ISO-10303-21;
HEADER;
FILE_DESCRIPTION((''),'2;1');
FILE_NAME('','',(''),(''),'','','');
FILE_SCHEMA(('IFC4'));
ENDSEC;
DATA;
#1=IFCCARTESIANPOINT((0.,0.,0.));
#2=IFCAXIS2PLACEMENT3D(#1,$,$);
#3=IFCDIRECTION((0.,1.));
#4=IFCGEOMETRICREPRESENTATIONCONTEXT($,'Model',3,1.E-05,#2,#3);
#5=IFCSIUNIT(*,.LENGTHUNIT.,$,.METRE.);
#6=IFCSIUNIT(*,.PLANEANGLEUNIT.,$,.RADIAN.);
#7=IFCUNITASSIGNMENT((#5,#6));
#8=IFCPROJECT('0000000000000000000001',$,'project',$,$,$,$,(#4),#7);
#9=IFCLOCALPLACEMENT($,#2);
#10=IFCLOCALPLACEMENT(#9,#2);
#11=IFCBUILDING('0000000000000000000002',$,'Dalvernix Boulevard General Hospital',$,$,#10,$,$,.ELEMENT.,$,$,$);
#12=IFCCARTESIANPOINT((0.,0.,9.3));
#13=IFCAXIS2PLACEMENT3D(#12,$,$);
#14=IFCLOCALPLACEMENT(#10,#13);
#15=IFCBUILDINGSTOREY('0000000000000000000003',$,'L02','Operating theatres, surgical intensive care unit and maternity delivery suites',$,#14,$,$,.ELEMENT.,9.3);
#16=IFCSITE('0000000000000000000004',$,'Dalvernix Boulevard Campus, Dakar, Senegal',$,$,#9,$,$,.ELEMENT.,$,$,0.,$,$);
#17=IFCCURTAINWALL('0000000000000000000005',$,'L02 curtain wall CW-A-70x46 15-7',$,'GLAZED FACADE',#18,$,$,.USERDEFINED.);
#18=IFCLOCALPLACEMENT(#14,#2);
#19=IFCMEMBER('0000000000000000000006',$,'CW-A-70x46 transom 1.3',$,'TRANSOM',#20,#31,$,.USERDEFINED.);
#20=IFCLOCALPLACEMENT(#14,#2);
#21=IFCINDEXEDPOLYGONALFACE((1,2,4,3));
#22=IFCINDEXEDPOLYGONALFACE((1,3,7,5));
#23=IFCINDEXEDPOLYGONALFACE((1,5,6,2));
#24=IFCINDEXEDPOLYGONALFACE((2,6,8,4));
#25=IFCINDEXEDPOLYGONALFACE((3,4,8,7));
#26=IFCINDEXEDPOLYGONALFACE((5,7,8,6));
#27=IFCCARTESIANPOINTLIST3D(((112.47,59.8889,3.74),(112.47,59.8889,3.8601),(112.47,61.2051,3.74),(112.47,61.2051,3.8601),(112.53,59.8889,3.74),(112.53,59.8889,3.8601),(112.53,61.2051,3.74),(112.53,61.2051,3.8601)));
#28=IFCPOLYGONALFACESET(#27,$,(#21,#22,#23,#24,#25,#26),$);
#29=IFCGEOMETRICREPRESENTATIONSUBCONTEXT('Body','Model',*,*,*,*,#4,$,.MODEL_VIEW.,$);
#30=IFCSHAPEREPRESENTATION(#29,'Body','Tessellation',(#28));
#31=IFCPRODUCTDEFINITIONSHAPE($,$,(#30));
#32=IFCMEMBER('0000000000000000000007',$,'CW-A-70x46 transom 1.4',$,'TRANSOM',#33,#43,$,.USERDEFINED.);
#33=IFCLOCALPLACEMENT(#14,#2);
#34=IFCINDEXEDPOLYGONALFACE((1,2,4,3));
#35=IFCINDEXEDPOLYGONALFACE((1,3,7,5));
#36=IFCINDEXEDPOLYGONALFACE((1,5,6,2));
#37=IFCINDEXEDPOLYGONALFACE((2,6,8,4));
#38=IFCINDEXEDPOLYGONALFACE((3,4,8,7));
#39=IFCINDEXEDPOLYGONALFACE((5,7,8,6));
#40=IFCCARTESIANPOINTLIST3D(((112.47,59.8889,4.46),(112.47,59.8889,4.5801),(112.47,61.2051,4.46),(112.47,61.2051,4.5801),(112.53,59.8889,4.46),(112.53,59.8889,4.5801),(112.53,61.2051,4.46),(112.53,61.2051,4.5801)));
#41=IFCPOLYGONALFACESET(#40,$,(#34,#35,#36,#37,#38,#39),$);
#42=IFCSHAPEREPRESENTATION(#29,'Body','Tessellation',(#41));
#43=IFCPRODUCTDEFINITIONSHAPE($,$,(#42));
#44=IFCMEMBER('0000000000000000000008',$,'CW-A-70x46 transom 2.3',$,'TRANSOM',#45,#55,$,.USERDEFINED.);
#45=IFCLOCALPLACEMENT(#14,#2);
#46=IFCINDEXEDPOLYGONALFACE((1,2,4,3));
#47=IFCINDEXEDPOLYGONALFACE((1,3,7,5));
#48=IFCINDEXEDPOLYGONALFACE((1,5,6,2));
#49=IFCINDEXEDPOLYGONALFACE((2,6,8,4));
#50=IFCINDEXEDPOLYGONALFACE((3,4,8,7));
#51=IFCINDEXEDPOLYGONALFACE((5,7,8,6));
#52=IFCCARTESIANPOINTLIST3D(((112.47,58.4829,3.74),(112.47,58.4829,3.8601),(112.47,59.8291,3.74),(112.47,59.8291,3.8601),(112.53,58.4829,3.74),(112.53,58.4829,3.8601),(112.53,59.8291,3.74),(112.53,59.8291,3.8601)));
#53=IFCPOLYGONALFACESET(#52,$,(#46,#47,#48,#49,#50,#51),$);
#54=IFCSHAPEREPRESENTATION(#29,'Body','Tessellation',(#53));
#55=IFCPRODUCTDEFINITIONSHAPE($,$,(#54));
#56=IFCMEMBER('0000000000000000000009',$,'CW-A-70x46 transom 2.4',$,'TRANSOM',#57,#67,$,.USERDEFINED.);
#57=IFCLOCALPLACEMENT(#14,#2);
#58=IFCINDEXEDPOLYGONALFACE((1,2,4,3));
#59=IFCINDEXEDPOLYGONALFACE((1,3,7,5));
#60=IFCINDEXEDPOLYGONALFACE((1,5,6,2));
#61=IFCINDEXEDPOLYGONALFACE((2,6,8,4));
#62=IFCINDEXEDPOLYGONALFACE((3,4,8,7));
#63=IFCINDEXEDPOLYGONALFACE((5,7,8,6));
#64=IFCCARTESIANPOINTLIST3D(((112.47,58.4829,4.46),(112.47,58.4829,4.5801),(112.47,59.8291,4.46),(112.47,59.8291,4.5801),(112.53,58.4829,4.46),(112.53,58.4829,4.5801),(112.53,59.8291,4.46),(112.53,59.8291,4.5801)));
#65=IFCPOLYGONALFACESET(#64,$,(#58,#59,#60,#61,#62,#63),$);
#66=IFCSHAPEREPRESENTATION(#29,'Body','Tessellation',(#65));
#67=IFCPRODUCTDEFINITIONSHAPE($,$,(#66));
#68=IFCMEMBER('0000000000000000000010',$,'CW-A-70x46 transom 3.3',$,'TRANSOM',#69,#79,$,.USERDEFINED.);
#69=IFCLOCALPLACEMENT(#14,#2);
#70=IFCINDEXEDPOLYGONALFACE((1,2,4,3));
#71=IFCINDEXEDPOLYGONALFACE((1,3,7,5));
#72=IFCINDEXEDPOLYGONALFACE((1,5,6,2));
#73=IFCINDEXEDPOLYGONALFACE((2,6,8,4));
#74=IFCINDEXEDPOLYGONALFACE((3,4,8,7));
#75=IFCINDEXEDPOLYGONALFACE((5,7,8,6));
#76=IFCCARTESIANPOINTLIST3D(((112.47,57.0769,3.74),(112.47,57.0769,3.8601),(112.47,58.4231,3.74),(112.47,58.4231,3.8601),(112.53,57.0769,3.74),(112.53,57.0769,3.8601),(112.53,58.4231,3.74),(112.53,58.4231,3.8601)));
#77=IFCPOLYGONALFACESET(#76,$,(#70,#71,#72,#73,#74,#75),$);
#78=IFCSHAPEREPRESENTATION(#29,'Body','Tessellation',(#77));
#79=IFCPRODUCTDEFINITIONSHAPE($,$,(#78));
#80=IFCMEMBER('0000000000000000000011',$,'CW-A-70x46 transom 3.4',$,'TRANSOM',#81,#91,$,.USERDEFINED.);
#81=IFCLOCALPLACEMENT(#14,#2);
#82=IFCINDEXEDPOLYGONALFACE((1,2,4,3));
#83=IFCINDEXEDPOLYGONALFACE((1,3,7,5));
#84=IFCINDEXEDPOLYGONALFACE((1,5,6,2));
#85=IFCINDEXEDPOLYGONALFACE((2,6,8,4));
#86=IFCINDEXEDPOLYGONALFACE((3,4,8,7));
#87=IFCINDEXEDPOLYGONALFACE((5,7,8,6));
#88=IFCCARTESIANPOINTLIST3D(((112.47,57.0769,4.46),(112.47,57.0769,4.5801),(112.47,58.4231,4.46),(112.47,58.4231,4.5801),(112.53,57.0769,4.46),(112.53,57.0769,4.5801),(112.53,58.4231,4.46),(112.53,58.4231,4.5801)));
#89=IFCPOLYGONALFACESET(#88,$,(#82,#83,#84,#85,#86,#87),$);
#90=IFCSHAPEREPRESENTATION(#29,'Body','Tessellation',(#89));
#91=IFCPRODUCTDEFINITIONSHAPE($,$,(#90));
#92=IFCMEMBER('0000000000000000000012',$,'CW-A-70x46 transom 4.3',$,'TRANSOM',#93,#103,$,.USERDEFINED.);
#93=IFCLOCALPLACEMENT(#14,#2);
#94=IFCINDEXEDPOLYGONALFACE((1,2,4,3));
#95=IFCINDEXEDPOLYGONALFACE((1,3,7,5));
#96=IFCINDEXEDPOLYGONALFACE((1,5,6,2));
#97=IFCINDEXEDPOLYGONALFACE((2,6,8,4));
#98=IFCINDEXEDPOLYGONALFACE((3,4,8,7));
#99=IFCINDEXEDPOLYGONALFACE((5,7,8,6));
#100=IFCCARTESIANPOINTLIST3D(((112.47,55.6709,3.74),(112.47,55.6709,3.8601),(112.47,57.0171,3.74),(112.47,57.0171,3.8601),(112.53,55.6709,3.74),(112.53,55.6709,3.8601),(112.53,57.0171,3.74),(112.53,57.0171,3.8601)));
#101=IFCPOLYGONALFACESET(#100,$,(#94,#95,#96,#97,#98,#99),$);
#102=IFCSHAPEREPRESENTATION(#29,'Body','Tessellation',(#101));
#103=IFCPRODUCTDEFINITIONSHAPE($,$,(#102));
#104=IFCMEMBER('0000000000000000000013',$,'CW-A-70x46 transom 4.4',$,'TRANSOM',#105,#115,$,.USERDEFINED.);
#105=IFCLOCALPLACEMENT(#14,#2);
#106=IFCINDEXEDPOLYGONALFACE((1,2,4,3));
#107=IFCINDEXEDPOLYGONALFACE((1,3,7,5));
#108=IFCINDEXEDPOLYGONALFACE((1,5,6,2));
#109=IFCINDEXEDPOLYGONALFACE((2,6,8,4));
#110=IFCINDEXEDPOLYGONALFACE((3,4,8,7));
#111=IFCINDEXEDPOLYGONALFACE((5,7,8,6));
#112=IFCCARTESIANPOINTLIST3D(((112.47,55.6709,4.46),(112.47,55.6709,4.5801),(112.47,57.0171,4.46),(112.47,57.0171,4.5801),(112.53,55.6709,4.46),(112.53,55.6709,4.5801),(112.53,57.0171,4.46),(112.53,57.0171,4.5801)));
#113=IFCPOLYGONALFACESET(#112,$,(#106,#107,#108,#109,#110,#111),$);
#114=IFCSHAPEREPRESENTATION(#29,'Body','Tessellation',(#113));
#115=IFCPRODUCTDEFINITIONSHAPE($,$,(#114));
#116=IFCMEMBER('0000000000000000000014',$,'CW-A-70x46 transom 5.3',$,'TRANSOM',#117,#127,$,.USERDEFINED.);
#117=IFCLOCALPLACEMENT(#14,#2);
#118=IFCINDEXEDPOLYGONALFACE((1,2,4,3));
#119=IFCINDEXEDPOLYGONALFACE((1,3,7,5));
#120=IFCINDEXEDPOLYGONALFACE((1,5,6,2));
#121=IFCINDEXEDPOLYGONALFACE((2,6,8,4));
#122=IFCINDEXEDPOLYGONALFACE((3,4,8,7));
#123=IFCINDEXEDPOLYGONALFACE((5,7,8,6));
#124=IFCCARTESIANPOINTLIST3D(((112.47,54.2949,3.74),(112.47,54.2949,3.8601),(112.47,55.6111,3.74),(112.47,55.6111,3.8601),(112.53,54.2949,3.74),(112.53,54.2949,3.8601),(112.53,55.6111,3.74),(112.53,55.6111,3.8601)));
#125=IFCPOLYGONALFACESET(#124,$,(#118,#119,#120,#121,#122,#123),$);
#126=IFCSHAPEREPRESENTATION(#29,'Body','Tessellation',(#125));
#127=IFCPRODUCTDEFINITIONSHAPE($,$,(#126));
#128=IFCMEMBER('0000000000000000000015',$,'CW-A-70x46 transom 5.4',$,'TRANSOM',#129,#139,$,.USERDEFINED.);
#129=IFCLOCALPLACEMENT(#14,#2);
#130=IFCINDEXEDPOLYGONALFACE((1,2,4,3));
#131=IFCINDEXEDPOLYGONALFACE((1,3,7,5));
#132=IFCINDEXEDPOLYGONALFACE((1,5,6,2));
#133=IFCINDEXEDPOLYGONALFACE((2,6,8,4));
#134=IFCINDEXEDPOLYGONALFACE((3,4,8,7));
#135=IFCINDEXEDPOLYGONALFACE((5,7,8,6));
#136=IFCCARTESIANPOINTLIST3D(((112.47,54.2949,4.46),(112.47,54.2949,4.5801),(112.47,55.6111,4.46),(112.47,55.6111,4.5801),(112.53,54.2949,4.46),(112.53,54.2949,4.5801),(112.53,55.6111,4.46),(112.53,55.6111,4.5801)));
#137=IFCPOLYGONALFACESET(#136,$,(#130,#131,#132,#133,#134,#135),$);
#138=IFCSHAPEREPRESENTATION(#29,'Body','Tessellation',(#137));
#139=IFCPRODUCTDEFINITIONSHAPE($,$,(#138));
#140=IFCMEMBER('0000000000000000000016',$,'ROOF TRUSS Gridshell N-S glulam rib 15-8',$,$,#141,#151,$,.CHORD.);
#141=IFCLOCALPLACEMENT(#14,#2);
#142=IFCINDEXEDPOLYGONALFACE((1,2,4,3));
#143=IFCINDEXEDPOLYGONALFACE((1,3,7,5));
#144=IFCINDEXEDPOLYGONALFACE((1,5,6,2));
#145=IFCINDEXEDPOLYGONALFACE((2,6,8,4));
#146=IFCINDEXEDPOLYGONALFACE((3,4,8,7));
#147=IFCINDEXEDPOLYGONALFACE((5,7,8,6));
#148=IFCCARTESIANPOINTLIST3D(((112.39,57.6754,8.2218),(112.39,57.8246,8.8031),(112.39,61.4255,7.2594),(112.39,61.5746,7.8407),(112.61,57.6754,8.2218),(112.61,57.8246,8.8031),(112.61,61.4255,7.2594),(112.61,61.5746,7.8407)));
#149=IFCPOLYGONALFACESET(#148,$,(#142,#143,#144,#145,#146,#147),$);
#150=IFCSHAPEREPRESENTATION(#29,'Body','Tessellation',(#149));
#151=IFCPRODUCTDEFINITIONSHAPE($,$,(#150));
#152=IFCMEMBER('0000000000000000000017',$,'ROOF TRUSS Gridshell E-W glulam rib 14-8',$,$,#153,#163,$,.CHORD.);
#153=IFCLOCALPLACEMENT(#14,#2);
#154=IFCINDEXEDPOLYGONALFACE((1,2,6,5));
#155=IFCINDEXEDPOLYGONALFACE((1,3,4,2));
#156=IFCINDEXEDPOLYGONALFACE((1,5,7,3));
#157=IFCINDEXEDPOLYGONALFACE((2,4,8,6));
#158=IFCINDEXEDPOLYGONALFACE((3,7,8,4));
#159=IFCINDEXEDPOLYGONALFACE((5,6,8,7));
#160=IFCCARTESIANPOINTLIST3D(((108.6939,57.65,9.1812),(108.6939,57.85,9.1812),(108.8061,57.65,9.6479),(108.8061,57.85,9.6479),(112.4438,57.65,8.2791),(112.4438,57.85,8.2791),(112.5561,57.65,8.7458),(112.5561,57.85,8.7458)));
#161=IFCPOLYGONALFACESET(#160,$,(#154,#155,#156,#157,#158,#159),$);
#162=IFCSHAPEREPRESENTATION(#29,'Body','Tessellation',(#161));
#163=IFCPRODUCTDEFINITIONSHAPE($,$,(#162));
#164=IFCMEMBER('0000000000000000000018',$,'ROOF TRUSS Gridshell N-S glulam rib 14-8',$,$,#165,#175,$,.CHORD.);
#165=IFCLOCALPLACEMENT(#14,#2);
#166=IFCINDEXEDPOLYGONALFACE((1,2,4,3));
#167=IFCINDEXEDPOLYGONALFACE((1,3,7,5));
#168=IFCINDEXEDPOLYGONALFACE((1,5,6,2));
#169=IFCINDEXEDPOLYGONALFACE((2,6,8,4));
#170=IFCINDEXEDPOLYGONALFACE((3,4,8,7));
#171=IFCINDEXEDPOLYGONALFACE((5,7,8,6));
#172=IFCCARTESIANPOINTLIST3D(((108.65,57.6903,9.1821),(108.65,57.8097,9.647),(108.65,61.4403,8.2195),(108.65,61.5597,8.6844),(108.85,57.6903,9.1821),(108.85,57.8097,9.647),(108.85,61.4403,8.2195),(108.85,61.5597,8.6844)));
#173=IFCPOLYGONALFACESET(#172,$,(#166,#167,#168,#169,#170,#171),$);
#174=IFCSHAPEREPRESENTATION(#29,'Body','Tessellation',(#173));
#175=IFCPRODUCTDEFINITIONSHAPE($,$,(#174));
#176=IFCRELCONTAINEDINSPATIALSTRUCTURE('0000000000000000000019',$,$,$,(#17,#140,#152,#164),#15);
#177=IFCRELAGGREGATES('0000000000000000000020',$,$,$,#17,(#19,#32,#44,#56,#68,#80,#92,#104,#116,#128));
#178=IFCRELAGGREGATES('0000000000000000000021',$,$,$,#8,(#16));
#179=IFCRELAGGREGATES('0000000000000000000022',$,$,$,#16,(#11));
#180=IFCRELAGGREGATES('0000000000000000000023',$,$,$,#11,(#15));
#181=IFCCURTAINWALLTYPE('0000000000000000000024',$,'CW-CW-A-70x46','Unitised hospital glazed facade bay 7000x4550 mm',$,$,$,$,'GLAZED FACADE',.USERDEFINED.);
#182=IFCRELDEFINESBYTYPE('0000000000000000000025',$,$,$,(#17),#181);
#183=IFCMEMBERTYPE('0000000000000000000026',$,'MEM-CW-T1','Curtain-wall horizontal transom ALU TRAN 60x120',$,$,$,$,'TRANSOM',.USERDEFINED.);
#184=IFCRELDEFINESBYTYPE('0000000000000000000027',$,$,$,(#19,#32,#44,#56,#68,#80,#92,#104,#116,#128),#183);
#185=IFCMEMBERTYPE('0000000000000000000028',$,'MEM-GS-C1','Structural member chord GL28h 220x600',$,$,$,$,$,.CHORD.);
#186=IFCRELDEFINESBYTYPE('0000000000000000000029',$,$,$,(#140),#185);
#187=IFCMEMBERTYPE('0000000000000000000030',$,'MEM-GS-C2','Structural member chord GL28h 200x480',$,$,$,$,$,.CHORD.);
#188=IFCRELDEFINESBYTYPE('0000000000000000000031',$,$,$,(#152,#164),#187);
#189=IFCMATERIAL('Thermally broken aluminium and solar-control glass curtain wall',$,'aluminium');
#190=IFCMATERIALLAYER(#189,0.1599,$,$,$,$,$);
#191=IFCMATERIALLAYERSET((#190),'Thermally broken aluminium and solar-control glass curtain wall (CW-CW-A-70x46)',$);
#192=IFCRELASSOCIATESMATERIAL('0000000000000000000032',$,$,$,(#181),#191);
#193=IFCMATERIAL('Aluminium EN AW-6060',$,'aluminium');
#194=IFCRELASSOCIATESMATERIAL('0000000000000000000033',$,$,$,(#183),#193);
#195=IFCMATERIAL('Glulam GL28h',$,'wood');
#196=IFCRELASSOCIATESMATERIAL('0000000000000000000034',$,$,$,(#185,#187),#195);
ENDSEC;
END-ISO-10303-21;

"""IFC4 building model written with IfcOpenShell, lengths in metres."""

from ifc_helpers import new_model, si_unit, direction, frame, origin, origin_2d, place, context, subcontext, project, spatial, rectangle, extrude, material, layer, layer_set, material_profile, profile_set, type_object, element, aggregate, save


model = new_model("IFC4")

# Units and contexts
model_context = context("Model", 3, precision=1e-05, world=origin(), true_north=direction((0.0, 1.0)))
body_context = subcontext(model_context, "Body", "Model", "MODEL_VIEW")
ifc_project = project(units=[si_unit("LENGTHUNIT", "METRE"), si_unit("PLANEANGLEUNIT", "RADIAN")], contexts=[model_context])

# Site, building, storey
site_placement = place(None, origin())
site = spatial("IfcSite", under=ifc_project, at=site_placement, Name="Dalvernix Boulevard Campus, Dakar, Senegal", CompositionType="ELEMENT", RefElevation=0.0)
building_placement = place(site_placement, origin())
building = spatial("IfcBuilding", under=site, at=building_placement, Name="Dalvernix Boulevard General Hospital", CompositionType="ELEMENT")
storey_placement = place(building_placement, frame((0.0, 0.0, 9.3)))
storey = spatial("IfcBuildingStorey", under=building, at=storey_placement, Name="L02", Description="Operating theatres, surgical intensive care unit and maternity delivery suites", CompositionType="ELEMENT", Elevation=9.3)

# Curtain wall, members
ifc_material_1 = material(Name="Thermally broken aluminium and solar-control glass curtain wall", Category="aluminium")
ifc_layer_1 = layer(ifc_material_1, 0.1599)
ifc_layer_set_1 = layer_set([ifc_layer_1], Name="Thermally broken aluminium and solar-control glass curtain wall (CW-CW-A-70x46)")
curtain_wall_type = type_object("IfcCurtainWallType", Name="CW-CW-A-70x46", Description="Unitised hospital glazed facade bay 7000x4550 mm", ElementType="GLAZED FACADE", PredefinedType="USERDEFINED", material=ifc_layer_set_1)
curtain_wall_placement = place(storey_placement, origin())
curtain_wall = element("IfcCurtainWall", 1, at=curtain_wall_placement, inside=storey, type_object=curtain_wall_type, Name="L02 curtain wall CW-A-70x46 15-7", ObjectType="GLAZED FACADE", PredefinedType="USERDEFINED")
ifc_material_2 = material(Name="Aluminium EN AW-6060", Category="aluminium")
ifc_material_profile_1 = material_profile(ifc_material_2, rectangle(XDim=0.0601, YDim=0.1201, at=origin_2d()), Name="ALU TRAN 60x120")
ifc_profile_set_1 = profile_set([ifc_material_profile_1], Name="Aluminium EN AW-6060")
member_type_1 = type_object("IfcMemberType", Name="MEM-CW-T1", Description="Curtain-wall horizontal transom ALU TRAN 60x120", ElementType="TRANSOM", PredefinedType="USERDEFINED", material=ifc_profile_set_1)
member_1_placement = place(storey_placement, frame((112.5, 61.2051, 3.8), z_axis=(0.0, -1.0, 0.0), x_axis=(1.0, 0.0, 0.0)))
member_1 = element("IfcMember", 2, at=member_1_placement, type_object=member_type_1, Name="CW-A-70x46 transom 1.3", ObjectType="TRANSOM", PredefinedType="USERDEFINED", context=body_context, shape_type="SweptSolid", body=[
    extrude(rectangle(XDim=0.0601, YDim=0.1201, at=origin_2d()), origin(), (0.0, 0.0, 1.0), 1.3162),
])
member_2_placement = place(storey_placement, frame((112.5, 61.2051, 4.52), z_axis=(0.0, -1.0, 0.0), x_axis=(1.0, 0.0, 0.0)))
member_2 = element("IfcMember", 3, at=member_2_placement, type_object=member_type_1, Name="CW-A-70x46 transom 1.4", ObjectType="TRANSOM", PredefinedType="USERDEFINED", context=body_context, shape_type="SweptSolid", body=[
    extrude(rectangle(XDim=0.0601, YDim=0.1201, at=origin_2d()), origin(), (0.0, 0.0, 1.0), 1.3162),
])
member_3_placement = place(storey_placement, frame((112.5, 59.8291, 3.8), z_axis=(0.0, -1.0, 0.0), x_axis=(1.0, 0.0, 0.0)))
member_3 = element("IfcMember", 4, at=member_3_placement, type_object=member_type_1, Name="CW-A-70x46 transom 2.3", ObjectType="TRANSOM", PredefinedType="USERDEFINED", context=body_context, shape_type="SweptSolid", body=[
    extrude(rectangle(XDim=0.0601, YDim=0.1201, at=origin_2d()), origin(), (0.0, 0.0, 1.0), 1.3462),
])
member_4_placement = place(storey_placement, frame((112.5, 59.8291, 4.52), z_axis=(0.0, -1.0, 0.0), x_axis=(1.0, 0.0, 0.0)))
member_4 = element("IfcMember", 5, at=member_4_placement, type_object=member_type_1, Name="CW-A-70x46 transom 2.4", ObjectType="TRANSOM", PredefinedType="USERDEFINED", context=body_context, shape_type="SweptSolid", body=[
    extrude(rectangle(XDim=0.0601, YDim=0.1201, at=origin_2d()), origin(), (0.0, 0.0, 1.0), 1.3462),
])
member_5_placement = place(storey_placement, frame((112.5, 58.4231, 3.8), z_axis=(0.0, -1.0, 0.0), x_axis=(1.0, 0.0, 0.0)))
member_5 = element("IfcMember", 6, at=member_5_placement, type_object=member_type_1, Name="CW-A-70x46 transom 3.3", ObjectType="TRANSOM", PredefinedType="USERDEFINED", context=body_context, shape_type="SweptSolid", body=[
    extrude(rectangle(XDim=0.0601, YDim=0.1201, at=origin_2d()), origin(), (0.0, 0.0, 1.0), 1.3462),
])
member_6_placement = place(storey_placement, frame((112.5, 58.4231, 4.52), z_axis=(0.0, -1.0, 0.0), x_axis=(1.0, 0.0, 0.0)))
member_6 = element("IfcMember", 7, at=member_6_placement, type_object=member_type_1, Name="CW-A-70x46 transom 3.4", ObjectType="TRANSOM", PredefinedType="USERDEFINED", context=body_context, shape_type="SweptSolid", body=[
    extrude(rectangle(XDim=0.0601, YDim=0.1201, at=origin_2d()), origin(), (0.0, 0.0, 1.0), 1.3462),
])
member_7_placement = place(storey_placement, frame((112.5, 57.0171, 3.8), z_axis=(0.0, -1.0, 0.0), x_axis=(1.0, 0.0, 0.0)))
member_7 = element("IfcMember", 8, at=member_7_placement, type_object=member_type_1, Name="CW-A-70x46 transom 4.3", ObjectType="TRANSOM", PredefinedType="USERDEFINED", context=body_context, shape_type="SweptSolid", body=[
    extrude(rectangle(XDim=0.0601, YDim=0.1201, at=origin_2d()), origin(), (0.0, 0.0, 1.0), 1.3462),
])
member_8_placement = place(storey_placement, frame((112.5, 57.0171, 4.52), z_axis=(0.0, -1.0, 0.0), x_axis=(1.0, 0.0, 0.0)))
member_8 = element("IfcMember", 9, at=member_8_placement, type_object=member_type_1, Name="CW-A-70x46 transom 4.4", ObjectType="TRANSOM", PredefinedType="USERDEFINED", context=body_context, shape_type="SweptSolid", body=[
    extrude(rectangle(XDim=0.0601, YDim=0.1201, at=origin_2d()), origin(), (0.0, 0.0, 1.0), 1.3462),
])
member_9_placement = place(storey_placement, frame((112.5, 55.6111, 3.8), z_axis=(0.0, -1.0, 0.0), x_axis=(1.0, 0.0, 0.0)))
member_9 = element("IfcMember", 10, at=member_9_placement, type_object=member_type_1, Name="CW-A-70x46 transom 5.3", ObjectType="TRANSOM", PredefinedType="USERDEFINED", context=body_context, shape_type="SweptSolid", body=[
    extrude(rectangle(XDim=0.0601, YDim=0.1201, at=origin_2d()), origin(), (0.0, 0.0, 1.0), 1.3162),
])
member_10_placement = place(storey_placement, frame((112.5, 55.6111, 4.52), z_axis=(0.0, -1.0, 0.0), x_axis=(1.0, 0.0, 0.0)))
member_10 = element("IfcMember", 11, at=member_10_placement, type_object=member_type_1, Name="CW-A-70x46 transom 5.4", ObjectType="TRANSOM", PredefinedType="USERDEFINED", context=body_context, shape_type="SweptSolid", body=[
    extrude(rectangle(XDim=0.0601, YDim=0.1201, at=origin_2d()), origin(), (0.0, 0.0, 1.0), 1.3162),
])

# Members
ifc_material_3 = material(Name="Glulam GL28h", Category="wood")
ifc_material_profile_2 = material_profile(ifc_material_3, rectangle(XDim=0.22, YDim=0.6001, at=origin_2d()), Name="GL28h 220x600")
ifc_profile_set_2 = profile_set([ifc_material_profile_2], Name="Glulam GL28h")
member_type_2 = type_object("IfcMemberType", Name="MEM-GS-C1", Description="Structural member chord GL28h 220x600", PredefinedType="CHORD", material=ifc_profile_set_2)
member_11_placement = place(storey_placement, frame((112.5, 57.75, 8.5125), z_axis=(0.0, 0.96861, -0.248585), x_axis=(-1.0, 0.0, 0.0)))
element("IfcMember", 12, at=member_11_placement, inside=storey, type_object=member_type_2, Name="ROOF TRUSS Gridshell N-S glulam rib 15-8", PredefinedType="CHORD", context=body_context, shape_type="SweptSolid", body=[
    extrude(rectangle(XDim=0.22, YDim=0.6001, at=origin_2d()), origin(), (0.0, 0.0, 1.0), 3.8716),
])
ifc_material_profile_3 = material_profile(ifc_material_3, rectangle(XDim=0.2, YDim=0.48, at=origin_2d()), Name="GL28h 200x480")
ifc_profile_set_3 = profile_set([ifc_material_profile_3], Name="Glulam GL28h")
member_type_3 = type_object("IfcMemberType", Name="MEM-GS-C2", Description="Structural member chord GL28h 200x480", PredefinedType="CHORD", material=ifc_profile_set_3)
member_12_placement = place(storey_placement, frame((108.75, 57.75, 9.4146), z_axis=(0.972264, 0.0, -0.233888), x_axis=(0.0, 1.0, 0.0)))
element("IfcMember", 13, at=member_12_placement, inside=storey, type_object=member_type_3, Name="ROOF TRUSS Gridshell E-W glulam rib 14-8", PredefinedType="CHORD", context=body_context, shape_type="SweptSolid", body=[
    extrude(rectangle(XDim=0.2, YDim=0.48, at=origin_2d()), origin(), (0.0, 0.0, 1.0), 3.8569),
])
member_13_placement = place(storey_placement, frame((108.75, 57.75, 9.4146), z_axis=(0.0, 0.968595, -0.248644), x_axis=(-1.0, 0.0, 0.0)))
element("IfcMember", 14, at=member_13_placement, inside=storey, type_object=member_type_3, Name="ROOF TRUSS Gridshell N-S glulam rib 14-8", PredefinedType="CHORD", context=body_context, shape_type="SweptSolid", body=[
    extrude(rectangle(XDim=0.2, YDim=0.48, at=origin_2d()), origin(), (0.0, 0.0, 1.0), 3.8716),
])

aggregate(curtain_wall, [member_1, member_2, member_3, member_4, member_5, member_6, member_7, member_8, member_9, member_10])

save(model, "model.ifc")
